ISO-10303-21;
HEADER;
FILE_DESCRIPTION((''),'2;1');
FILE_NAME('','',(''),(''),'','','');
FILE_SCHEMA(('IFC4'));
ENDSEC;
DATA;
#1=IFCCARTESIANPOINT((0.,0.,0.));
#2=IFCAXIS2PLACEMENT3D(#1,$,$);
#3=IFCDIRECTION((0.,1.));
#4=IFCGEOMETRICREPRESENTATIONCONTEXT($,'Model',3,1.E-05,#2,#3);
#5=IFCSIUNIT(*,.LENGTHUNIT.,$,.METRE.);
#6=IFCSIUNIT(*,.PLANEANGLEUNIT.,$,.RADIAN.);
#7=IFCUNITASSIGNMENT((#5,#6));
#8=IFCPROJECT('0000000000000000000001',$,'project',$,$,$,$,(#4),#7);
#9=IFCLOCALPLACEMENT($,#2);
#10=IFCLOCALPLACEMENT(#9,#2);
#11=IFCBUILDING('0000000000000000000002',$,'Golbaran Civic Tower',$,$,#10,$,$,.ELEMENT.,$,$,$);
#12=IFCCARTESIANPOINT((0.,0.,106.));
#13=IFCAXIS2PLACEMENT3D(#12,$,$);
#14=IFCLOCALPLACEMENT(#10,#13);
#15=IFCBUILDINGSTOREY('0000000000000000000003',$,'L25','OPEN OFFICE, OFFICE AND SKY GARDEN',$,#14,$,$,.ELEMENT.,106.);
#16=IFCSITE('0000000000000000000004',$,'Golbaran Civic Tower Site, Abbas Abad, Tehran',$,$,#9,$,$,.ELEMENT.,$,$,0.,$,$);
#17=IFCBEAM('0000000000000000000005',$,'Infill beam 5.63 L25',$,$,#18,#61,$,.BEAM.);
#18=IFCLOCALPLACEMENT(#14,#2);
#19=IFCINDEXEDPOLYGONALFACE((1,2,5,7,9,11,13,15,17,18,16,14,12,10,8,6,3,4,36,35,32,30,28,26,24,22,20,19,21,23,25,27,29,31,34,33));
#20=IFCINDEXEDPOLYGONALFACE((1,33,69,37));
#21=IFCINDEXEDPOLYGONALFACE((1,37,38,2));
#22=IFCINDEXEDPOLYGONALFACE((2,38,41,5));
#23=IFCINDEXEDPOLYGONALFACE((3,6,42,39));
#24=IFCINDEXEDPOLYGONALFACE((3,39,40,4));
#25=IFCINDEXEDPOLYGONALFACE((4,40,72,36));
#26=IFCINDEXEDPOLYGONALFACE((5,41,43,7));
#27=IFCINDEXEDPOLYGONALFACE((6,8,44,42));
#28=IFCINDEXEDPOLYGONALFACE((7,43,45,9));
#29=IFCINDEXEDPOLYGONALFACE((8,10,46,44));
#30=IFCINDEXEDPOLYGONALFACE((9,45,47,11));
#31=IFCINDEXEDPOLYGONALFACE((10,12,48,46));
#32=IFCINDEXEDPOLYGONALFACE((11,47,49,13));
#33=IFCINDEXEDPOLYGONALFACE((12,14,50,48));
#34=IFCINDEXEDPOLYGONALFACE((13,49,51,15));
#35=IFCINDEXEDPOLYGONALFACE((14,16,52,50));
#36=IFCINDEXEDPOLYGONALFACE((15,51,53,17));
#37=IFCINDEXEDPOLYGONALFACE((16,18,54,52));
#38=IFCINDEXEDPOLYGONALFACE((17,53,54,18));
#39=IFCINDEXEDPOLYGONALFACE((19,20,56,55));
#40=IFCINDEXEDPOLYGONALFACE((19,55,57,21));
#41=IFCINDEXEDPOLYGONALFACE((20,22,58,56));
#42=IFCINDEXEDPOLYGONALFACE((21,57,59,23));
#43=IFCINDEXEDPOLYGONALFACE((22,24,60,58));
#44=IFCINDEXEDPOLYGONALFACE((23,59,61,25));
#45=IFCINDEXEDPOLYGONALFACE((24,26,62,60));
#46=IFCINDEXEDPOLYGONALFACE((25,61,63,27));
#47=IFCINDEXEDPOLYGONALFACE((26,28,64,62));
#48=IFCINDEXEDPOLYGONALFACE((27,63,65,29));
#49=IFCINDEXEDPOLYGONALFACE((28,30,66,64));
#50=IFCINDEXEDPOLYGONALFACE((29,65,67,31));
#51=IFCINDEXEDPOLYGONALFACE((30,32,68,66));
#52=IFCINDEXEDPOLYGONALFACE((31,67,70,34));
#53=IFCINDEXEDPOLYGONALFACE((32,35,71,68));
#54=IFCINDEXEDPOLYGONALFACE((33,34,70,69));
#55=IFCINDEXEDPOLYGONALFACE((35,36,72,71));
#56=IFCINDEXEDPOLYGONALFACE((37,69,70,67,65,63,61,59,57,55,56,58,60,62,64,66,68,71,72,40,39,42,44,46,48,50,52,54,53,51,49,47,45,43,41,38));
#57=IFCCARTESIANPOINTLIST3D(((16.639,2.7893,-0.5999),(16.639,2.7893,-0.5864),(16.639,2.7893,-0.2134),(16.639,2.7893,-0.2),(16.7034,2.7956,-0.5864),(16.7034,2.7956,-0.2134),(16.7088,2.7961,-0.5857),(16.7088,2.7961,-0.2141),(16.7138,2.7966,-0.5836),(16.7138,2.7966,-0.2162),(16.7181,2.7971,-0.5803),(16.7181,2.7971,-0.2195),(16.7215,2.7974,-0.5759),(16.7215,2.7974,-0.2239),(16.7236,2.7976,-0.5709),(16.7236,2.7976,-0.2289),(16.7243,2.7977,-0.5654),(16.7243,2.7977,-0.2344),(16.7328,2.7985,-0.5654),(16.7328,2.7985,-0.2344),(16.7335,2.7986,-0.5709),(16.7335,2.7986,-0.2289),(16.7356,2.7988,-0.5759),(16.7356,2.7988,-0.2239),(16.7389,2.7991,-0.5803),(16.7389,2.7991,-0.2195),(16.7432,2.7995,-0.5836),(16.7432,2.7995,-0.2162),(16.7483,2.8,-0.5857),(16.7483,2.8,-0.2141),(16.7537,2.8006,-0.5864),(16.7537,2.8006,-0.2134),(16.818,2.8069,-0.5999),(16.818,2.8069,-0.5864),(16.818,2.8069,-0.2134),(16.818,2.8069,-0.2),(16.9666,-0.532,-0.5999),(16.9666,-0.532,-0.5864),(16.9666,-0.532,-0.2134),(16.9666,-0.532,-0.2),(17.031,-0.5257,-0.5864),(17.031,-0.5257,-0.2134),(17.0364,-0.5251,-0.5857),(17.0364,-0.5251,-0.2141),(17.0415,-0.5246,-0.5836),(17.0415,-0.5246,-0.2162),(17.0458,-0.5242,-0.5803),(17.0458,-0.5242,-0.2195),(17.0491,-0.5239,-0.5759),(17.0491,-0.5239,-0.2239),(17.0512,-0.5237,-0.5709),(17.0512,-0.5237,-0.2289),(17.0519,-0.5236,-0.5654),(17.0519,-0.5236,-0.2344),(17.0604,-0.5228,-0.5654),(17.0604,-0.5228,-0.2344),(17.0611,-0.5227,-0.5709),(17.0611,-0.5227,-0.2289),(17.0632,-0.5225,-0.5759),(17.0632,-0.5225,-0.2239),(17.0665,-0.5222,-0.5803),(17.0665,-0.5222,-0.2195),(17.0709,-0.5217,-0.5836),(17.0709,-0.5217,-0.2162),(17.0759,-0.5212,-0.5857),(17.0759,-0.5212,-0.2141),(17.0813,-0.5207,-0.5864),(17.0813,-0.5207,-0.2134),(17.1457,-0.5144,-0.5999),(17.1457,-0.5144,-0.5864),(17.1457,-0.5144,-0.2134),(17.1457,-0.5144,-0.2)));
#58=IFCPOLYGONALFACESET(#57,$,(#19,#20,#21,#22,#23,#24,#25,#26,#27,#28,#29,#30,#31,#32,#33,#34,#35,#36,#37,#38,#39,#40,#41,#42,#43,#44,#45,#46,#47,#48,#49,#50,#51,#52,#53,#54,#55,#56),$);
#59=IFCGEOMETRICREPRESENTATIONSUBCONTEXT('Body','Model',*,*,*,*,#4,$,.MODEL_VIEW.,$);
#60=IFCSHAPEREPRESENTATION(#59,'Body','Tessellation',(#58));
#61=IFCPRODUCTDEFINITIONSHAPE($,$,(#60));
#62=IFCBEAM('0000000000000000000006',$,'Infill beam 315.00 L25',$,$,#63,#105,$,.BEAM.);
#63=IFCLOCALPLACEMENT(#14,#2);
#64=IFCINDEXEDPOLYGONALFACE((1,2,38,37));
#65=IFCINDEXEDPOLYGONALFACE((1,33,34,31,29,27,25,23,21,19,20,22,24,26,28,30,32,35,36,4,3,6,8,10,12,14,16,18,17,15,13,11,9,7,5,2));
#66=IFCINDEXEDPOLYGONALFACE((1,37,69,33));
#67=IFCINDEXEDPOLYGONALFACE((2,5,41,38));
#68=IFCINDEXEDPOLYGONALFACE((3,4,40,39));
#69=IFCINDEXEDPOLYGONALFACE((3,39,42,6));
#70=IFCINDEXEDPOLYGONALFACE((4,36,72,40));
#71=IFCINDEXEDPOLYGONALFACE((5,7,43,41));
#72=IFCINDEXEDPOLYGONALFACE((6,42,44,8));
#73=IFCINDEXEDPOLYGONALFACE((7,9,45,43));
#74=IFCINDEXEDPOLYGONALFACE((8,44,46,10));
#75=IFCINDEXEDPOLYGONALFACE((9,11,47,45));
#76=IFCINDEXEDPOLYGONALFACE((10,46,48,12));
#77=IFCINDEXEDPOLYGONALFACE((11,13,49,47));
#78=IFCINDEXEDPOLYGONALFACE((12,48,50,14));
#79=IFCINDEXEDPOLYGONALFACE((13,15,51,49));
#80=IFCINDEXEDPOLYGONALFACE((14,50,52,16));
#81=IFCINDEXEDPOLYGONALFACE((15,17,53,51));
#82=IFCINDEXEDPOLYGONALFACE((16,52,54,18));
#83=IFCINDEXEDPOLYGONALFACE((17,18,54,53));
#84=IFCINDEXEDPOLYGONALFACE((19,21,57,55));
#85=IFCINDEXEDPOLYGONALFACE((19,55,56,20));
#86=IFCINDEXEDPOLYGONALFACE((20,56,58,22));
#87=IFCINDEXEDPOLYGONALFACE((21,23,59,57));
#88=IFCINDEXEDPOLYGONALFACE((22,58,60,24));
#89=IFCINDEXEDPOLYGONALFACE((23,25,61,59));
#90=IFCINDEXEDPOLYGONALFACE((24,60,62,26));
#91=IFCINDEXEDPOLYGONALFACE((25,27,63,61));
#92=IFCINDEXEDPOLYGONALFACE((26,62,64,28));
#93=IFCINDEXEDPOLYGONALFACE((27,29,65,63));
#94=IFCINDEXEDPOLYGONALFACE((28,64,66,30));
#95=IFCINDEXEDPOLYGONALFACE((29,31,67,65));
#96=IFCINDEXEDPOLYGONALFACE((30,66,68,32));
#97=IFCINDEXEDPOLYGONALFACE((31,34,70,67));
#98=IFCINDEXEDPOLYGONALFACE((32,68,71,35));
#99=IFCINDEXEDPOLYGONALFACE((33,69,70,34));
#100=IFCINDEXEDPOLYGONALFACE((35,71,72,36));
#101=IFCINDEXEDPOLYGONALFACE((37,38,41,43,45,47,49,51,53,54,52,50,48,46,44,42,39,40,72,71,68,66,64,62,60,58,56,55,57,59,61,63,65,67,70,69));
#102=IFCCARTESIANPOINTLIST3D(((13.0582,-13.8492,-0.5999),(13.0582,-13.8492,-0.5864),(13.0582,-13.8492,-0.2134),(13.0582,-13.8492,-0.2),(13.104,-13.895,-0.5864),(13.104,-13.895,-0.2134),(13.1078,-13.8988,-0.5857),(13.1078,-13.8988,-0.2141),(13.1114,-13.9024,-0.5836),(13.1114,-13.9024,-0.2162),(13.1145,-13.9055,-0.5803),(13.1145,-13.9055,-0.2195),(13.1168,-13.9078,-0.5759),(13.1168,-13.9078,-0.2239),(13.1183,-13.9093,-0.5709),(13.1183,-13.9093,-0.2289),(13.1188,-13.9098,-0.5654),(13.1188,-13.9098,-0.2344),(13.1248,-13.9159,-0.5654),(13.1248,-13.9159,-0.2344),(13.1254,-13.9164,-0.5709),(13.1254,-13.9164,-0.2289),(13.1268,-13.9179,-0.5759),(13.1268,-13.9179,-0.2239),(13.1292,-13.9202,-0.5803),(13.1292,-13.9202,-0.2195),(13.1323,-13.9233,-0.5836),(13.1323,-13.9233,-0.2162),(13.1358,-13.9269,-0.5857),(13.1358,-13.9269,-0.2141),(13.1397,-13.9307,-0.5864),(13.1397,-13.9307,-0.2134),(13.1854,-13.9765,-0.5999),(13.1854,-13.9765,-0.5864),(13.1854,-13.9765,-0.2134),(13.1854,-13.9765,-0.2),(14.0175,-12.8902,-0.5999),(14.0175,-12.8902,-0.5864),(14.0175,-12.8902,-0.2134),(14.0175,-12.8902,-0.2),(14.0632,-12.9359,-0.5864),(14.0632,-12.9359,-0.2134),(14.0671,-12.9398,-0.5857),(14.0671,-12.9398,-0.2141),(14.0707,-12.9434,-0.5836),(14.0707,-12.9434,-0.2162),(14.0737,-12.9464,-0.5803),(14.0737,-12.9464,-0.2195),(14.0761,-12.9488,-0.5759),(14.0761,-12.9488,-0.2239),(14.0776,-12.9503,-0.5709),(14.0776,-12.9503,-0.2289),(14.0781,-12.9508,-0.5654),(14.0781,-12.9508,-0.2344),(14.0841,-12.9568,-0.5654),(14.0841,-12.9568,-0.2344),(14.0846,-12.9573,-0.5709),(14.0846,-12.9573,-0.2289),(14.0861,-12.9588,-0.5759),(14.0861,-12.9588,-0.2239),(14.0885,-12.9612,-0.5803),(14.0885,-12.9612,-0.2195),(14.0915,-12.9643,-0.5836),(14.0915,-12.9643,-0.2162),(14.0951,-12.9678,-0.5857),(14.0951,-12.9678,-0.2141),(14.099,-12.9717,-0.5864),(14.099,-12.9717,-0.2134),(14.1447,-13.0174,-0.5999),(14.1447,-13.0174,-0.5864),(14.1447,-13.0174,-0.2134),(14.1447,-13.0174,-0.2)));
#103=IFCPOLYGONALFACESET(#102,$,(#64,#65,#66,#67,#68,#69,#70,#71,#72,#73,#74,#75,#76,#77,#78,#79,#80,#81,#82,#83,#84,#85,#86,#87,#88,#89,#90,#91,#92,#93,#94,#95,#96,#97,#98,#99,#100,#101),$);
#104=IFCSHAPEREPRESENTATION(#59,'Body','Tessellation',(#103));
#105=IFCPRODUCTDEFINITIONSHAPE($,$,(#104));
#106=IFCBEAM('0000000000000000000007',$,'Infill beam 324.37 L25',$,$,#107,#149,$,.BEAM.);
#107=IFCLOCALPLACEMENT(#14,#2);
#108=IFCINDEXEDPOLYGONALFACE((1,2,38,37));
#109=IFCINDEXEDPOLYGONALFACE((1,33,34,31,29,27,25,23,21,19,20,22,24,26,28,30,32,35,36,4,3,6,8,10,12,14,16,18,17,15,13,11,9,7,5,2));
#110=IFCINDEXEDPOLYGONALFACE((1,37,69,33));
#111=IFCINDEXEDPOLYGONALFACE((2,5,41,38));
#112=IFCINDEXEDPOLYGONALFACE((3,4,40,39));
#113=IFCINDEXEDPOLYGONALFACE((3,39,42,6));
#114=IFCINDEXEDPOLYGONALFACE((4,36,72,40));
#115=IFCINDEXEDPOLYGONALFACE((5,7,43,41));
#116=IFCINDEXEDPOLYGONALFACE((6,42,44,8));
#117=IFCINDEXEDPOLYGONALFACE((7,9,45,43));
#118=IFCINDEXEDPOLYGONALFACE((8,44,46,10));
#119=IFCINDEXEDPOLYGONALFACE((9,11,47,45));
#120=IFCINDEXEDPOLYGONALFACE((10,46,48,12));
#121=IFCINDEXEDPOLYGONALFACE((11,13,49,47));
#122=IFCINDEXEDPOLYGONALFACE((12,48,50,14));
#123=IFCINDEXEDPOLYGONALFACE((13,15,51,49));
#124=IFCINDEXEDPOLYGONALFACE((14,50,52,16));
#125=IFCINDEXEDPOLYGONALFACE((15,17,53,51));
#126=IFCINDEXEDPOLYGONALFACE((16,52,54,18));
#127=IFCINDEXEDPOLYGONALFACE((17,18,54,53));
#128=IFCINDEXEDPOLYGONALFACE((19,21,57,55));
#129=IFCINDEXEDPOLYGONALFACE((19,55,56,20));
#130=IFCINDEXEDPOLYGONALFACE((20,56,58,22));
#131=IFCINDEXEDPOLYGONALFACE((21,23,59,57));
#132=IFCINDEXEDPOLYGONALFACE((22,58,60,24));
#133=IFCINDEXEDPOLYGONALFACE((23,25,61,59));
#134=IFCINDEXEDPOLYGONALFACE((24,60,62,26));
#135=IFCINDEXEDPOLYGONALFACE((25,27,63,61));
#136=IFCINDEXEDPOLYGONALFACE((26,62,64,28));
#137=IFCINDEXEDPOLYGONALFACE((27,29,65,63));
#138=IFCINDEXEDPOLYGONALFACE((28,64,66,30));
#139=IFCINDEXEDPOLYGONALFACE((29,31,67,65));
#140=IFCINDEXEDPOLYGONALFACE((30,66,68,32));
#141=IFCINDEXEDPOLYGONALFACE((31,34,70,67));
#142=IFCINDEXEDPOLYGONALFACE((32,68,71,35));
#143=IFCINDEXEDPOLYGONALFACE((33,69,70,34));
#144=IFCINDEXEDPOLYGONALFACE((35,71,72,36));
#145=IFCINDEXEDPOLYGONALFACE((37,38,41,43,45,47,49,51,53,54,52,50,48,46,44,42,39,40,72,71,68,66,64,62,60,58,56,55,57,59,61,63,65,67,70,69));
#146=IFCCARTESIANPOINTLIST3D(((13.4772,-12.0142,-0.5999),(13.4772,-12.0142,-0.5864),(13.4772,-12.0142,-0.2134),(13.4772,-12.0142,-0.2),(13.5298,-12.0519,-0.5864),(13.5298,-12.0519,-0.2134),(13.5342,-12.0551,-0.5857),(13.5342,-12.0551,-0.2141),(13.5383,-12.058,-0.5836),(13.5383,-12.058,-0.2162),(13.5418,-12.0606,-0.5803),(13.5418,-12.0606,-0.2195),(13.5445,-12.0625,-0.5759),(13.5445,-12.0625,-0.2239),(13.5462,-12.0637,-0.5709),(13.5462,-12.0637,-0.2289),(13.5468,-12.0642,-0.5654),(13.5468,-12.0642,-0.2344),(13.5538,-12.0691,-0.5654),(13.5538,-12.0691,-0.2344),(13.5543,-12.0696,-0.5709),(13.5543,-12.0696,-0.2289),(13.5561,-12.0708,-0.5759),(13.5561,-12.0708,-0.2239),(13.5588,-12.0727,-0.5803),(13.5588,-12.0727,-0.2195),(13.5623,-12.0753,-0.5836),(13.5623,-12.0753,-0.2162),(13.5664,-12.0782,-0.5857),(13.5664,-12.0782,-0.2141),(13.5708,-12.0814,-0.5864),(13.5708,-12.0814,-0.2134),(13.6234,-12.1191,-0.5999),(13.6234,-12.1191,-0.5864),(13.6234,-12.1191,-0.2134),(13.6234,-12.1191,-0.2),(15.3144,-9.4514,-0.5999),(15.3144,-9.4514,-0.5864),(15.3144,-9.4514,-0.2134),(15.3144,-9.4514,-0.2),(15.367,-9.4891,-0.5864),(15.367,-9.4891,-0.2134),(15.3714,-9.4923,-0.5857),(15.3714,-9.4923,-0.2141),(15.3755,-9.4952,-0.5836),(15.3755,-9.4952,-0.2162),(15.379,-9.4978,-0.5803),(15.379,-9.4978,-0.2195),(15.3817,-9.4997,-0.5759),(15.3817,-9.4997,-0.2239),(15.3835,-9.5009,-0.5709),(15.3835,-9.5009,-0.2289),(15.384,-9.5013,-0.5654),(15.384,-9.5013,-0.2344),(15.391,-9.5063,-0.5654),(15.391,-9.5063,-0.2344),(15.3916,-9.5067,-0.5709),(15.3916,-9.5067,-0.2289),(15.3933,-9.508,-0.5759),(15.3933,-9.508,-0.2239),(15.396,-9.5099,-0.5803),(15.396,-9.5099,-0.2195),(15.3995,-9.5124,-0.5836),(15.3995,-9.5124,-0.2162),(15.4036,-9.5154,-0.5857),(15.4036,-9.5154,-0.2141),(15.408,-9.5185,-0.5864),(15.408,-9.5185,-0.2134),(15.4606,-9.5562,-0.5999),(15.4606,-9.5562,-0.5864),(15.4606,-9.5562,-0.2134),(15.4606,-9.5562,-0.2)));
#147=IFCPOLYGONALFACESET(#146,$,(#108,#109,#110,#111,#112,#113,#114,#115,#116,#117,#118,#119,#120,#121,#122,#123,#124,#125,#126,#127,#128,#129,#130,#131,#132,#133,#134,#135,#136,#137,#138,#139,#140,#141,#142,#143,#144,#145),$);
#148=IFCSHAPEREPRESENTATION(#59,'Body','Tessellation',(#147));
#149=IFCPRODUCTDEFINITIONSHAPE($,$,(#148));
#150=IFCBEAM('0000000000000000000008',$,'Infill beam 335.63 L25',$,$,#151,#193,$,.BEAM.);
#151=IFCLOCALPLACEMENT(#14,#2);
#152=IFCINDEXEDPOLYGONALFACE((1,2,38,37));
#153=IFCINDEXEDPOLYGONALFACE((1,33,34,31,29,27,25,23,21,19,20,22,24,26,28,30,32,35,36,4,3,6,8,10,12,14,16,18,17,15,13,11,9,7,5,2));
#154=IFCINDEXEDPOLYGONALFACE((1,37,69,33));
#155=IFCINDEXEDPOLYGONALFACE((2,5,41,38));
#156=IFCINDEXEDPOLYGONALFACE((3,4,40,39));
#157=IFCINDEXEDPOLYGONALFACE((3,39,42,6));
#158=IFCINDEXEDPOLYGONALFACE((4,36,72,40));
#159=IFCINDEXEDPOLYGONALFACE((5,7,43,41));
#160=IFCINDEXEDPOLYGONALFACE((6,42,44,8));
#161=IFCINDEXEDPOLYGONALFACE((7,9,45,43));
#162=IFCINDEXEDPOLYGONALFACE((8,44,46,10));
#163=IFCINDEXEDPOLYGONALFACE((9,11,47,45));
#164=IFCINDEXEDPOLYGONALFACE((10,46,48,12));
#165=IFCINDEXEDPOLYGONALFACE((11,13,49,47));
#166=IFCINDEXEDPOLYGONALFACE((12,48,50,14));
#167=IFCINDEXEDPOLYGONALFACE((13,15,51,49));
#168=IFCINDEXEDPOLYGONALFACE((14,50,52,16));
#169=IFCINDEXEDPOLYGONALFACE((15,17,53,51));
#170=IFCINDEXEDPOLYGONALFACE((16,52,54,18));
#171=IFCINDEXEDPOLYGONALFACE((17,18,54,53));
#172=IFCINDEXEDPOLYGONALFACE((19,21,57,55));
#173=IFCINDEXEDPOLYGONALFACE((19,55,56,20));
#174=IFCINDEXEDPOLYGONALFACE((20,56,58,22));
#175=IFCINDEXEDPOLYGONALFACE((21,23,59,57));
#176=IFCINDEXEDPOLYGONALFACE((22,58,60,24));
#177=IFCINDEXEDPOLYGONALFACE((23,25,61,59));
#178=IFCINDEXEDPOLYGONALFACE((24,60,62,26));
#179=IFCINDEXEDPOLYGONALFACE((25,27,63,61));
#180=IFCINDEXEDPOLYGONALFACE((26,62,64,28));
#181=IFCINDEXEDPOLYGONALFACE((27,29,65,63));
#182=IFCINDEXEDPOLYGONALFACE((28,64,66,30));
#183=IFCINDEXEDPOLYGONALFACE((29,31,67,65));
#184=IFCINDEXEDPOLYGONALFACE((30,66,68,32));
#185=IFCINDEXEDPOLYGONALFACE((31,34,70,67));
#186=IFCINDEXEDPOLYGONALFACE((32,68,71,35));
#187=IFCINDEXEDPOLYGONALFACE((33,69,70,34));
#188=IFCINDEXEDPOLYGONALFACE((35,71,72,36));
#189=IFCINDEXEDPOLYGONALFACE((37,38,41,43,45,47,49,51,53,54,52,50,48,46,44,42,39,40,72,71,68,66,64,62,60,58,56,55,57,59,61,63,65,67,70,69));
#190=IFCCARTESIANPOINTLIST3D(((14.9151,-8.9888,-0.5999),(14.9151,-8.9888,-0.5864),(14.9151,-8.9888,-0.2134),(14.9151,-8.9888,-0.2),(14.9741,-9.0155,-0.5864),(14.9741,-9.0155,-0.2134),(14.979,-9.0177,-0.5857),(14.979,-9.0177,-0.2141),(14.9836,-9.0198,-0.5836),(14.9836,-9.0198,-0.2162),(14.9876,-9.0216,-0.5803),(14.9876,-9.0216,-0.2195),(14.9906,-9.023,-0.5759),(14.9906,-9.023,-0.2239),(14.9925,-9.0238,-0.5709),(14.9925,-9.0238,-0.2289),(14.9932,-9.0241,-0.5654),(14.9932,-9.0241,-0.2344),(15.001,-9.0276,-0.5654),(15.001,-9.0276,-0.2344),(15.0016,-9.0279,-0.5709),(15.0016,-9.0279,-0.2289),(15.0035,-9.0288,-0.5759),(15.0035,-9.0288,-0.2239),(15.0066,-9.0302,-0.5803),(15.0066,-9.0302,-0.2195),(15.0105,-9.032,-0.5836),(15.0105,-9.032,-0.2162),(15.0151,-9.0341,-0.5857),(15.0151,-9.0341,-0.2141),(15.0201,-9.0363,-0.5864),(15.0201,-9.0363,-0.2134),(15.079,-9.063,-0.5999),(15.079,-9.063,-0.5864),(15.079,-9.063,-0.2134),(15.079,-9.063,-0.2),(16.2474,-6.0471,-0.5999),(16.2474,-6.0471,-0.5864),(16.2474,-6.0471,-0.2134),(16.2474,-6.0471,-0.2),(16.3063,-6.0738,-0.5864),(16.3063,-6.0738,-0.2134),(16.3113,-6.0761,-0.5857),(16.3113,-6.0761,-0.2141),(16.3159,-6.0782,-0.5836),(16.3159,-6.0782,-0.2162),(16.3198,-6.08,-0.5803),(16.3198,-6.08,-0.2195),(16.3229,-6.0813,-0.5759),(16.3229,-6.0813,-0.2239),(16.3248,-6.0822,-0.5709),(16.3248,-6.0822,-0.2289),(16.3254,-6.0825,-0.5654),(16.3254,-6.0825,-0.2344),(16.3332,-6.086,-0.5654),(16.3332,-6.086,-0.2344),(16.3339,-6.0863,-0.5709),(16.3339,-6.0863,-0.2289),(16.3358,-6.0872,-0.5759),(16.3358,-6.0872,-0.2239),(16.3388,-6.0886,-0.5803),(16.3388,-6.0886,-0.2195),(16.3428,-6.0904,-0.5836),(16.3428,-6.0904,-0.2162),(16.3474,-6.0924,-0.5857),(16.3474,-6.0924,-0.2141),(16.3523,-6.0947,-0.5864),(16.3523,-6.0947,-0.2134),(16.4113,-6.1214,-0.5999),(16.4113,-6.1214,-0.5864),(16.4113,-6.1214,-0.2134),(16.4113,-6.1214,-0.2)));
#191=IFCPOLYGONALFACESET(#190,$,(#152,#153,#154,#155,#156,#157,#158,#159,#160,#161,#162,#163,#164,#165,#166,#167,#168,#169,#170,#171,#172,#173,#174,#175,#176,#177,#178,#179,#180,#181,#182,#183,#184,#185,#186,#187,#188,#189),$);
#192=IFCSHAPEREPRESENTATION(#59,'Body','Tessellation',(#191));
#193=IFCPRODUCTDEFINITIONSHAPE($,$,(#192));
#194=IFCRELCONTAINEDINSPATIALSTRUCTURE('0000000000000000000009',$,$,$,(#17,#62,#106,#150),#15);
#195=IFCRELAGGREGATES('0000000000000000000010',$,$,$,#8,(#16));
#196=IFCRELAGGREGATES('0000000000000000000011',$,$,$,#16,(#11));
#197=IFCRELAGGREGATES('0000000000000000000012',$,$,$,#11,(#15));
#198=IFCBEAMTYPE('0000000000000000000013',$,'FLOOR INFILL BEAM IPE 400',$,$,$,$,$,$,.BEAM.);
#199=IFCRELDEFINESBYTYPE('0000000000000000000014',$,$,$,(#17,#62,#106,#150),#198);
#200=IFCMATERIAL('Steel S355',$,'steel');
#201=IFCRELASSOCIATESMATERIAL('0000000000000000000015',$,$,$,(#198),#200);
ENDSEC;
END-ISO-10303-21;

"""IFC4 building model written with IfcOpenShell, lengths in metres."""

from ifc_helpers import new_model, si_unit, direction, frame, origin, origin_2d, place, context, subcontext, project, spatial, i_section, extrude, material, material_profile, profile_set, type_object, element, save


model = new_model("IFC4")

# Units and contexts
model_context = context("Model", 3, precision=1e-05, world=origin(), true_north=direction((0.0, 1.0)))
body_context = subcontext(model_context, "Body", "Model", "MODEL_VIEW")
ifc_project = project(units=[si_unit("LENGTHUNIT", "METRE"), si_unit("PLANEANGLEUNIT", "RADIAN")], contexts=[model_context])

# Site, building, storey
site_placement = place(None, origin())
site = spatial("IfcSite", under=ifc_project, at=site_placement, Name="Golbaran Civic Tower Site, Abbas Abad, Tehran", CompositionType="ELEMENT", RefElevation=0.0)
building_placement = place(site_placement, origin())
building = spatial("IfcBuilding", under=site, at=building_placement, Name="Golbaran Civic Tower", CompositionType="ELEMENT")
storey_placement = place(building_placement, frame((0.0, 0.0, 106.0)))
storey = spatial("IfcBuildingStorey", under=building, at=storey_placement, Name="L25", Description="OPEN OFFICE, OFFICE AND SKY GARDEN", CompositionType="ELEMENT", Elevation=106.0)

# Beams
ifc_material_1 = material(Name="Steel S355", Category="steel")
ifc_material_profile_1 = material_profile(ifc_material_1, i_section(OverallWidth=0.1799, OverallDepth=0.3999, WebThickness=0.0085, FlangeThickness=0.0134, FilletRadius=0.021, at=origin_2d()), Name="IPE 400")
ifc_profile_set_1 = profile_set([ifc_material_profile_1], Name="Steel S355")
beam_type_1 = type_object("IfcBeamType", Name="FLOOR INFILL BEAM IPE 400", PredefinedType="BEAM", material=ifc_profile_set_1)
beam_1_placement = place(storey_placement, frame((17.0562, -0.5232, -0.3999), z_axis=(-0.098171, 0.99517, 0.0), x_axis=(-0.99517, -0.098171, 0.0)))
element("IfcBeam", 1, at=beam_1_placement, inside=storey, type_object=beam_type_1, Name="Infill beam 5.63 L25", PredefinedType="BEAM", context=body_context, shape_type="SweptSolid", body=[
    extrude(i_section(OverallWidth=0.1799, OverallDepth=0.3999, WebThickness=0.0085, FlangeThickness=0.0134, FilletRadius=0.021, at=origin_2d()), origin(), (0.0, 0.0, 1.0), 3.3374),
])
beam_2_placement = place(storey_placement, frame((13.1218, -13.9128, -0.3999), z_axis=(0.707197, 0.707017, 0.0), x_axis=(-0.707017, 0.707197, 0.0)))
element("IfcBeam", 2, at=beam_2_placement, inside=storey, type_object=beam_type_1, Name="Infill beam 315.00 L25", PredefinedType="BEAM", context=body_context, shape_type="SweptSolid", body=[
    extrude(i_section(OverallWidth=0.1799, OverallDepth=0.3999, WebThickness=0.0085, FlangeThickness=0.0134, FilletRadius=0.021, at=origin_2d()), origin(), (0.0, 0.0, 1.0), 1.3564),
])
beam_3_placement = place(storey_placement, frame((13.5503, -12.0667, -0.3999), z_axis=(0.582629, 0.812738, 0.0), x_axis=(-0.812738, 0.582629, 0.0)))
element("IfcBeam", 3, at=beam_3_placement, inside=storey, type_object=beam_type_1, Name="Infill beam 324.37 L25", PredefinedType="BEAM", context=body_context, shape_type="SweptSolid", body=[
    extrude(i_section(OverallWidth=0.1799, OverallDepth=0.3999, WebThickness=0.0085, FlangeThickness=0.0134, FilletRadius=0.021, at=origin_2d()), origin(), (0.0, 0.0, 1.0), 3.1533),
])
beam_4_placement = place(storey_placement, frame((14.9971, -9.0259, -0.3999), z_axis=(0.412561, 0.91093, 0.0), x_axis=(-0.91093, 0.412561, 0.0)))
element("IfcBeam", 4, at=beam_4_placement, inside=storey, type_object=beam_type_1, Name="Infill beam 335.63 L25", PredefinedType="BEAM", context=body_context, shape_type="SweptSolid", body=[
    extrude(i_section(OverallWidth=0.1799, OverallDepth=0.3999, WebThickness=0.0085, FlangeThickness=0.0134, FilletRadius=0.021, at=origin_2d()), origin(), (0.0, 0.0, 1.0), 3.2292),
])

save(model, "model.ifc")
